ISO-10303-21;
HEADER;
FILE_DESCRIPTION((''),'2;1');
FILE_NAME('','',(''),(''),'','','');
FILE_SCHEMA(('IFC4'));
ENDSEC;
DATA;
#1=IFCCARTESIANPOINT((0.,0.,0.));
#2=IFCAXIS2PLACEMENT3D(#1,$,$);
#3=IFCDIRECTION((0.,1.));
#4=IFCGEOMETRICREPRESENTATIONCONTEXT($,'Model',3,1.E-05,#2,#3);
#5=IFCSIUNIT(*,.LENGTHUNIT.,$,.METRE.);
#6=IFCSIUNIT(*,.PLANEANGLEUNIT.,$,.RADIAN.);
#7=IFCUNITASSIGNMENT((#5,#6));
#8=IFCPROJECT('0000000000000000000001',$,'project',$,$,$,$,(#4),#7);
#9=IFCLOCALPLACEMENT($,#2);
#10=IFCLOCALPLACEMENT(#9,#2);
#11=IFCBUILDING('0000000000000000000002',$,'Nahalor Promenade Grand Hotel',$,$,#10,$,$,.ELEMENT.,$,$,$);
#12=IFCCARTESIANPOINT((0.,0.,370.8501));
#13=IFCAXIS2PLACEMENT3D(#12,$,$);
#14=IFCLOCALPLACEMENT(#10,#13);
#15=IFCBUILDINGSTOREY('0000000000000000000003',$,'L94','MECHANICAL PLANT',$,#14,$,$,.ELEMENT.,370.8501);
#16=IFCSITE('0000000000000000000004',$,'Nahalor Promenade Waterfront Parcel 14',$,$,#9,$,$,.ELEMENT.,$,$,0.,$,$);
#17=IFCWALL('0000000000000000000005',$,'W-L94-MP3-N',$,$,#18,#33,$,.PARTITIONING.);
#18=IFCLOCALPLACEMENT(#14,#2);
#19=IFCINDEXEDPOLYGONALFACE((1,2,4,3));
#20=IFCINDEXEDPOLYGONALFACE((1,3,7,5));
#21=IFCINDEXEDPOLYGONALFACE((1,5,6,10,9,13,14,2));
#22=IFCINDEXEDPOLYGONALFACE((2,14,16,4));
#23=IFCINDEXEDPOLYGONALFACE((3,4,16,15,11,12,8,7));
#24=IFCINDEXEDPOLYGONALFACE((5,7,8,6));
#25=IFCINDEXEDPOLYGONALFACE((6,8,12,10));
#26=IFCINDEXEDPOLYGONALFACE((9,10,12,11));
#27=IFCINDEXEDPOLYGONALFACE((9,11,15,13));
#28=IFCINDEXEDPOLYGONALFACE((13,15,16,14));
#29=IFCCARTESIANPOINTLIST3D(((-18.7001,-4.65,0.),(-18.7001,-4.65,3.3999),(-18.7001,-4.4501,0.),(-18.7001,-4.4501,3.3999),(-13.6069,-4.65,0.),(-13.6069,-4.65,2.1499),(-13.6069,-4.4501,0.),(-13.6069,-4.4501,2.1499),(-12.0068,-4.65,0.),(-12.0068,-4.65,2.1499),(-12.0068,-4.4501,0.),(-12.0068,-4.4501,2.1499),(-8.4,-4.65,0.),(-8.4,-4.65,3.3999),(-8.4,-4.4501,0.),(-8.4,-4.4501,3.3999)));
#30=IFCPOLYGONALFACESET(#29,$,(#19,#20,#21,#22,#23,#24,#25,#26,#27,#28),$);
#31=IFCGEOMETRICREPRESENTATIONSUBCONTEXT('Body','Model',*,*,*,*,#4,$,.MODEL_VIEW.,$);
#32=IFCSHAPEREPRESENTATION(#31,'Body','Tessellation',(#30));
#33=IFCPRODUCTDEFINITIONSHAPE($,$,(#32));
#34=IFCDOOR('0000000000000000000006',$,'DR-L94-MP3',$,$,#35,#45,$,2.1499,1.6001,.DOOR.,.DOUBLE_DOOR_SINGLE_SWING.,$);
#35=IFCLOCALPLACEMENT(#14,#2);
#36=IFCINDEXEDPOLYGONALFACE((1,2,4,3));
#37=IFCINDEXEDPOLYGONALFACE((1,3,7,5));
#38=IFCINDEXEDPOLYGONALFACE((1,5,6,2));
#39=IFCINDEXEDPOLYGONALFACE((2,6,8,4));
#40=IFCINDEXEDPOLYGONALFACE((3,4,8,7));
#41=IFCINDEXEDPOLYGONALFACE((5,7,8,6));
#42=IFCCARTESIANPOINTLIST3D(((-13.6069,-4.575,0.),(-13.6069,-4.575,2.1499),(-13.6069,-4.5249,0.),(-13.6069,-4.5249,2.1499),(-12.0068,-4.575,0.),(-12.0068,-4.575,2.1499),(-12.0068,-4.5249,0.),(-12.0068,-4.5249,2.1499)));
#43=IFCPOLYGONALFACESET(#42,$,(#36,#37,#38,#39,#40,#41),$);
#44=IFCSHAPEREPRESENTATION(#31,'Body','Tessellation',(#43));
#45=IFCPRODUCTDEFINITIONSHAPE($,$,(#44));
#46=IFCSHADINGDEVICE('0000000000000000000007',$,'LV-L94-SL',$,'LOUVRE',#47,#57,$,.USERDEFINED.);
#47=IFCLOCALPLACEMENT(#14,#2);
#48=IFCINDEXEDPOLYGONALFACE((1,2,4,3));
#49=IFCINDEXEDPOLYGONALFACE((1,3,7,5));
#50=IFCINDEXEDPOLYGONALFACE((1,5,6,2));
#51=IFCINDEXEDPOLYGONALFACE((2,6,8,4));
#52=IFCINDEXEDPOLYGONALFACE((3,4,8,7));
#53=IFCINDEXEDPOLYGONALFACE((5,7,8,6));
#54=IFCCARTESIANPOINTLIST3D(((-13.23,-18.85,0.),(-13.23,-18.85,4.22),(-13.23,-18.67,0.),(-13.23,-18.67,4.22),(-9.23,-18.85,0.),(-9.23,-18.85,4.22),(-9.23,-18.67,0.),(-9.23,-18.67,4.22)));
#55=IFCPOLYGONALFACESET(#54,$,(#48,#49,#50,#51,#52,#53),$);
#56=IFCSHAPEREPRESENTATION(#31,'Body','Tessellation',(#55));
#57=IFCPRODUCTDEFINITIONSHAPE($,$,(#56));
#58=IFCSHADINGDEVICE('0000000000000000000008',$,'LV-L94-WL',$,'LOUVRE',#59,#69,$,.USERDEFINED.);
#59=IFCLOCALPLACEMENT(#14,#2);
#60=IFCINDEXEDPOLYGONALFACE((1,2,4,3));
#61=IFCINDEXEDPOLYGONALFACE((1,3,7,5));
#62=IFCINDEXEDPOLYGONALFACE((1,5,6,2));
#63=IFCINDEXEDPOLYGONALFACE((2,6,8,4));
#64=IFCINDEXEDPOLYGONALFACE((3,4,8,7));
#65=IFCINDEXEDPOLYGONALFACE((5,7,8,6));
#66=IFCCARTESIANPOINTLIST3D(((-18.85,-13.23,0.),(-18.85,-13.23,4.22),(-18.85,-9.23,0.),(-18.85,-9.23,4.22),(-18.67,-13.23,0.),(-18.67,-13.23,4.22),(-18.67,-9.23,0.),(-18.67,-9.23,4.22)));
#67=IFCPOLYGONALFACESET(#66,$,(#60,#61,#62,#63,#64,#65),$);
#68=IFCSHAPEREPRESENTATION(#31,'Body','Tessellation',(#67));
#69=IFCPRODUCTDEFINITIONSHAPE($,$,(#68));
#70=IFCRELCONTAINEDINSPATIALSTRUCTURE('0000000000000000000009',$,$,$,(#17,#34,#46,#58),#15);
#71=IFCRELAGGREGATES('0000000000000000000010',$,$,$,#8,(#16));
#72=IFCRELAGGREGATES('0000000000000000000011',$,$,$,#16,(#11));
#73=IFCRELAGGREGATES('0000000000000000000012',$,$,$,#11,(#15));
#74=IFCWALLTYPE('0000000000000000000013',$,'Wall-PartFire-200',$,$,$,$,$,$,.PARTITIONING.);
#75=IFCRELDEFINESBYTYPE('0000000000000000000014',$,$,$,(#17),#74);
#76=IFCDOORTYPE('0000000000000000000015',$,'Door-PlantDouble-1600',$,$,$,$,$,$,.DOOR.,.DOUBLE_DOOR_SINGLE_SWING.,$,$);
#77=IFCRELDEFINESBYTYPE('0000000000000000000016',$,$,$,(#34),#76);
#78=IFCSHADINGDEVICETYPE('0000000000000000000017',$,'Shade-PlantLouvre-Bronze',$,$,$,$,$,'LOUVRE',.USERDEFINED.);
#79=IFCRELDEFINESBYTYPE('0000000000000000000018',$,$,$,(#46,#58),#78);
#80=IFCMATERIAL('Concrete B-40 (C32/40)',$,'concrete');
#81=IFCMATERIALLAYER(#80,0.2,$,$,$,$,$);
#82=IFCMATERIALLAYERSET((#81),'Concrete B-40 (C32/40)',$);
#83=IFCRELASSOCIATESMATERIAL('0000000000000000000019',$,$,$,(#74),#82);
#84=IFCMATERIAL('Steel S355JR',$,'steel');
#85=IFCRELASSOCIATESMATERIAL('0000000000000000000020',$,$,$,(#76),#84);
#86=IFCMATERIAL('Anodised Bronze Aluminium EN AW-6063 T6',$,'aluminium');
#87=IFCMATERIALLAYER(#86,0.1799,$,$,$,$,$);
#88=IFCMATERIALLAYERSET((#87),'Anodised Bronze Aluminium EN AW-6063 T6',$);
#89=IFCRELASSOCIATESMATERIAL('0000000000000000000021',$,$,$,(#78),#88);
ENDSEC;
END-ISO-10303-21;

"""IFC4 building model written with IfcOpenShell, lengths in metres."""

from ifc_helpers import new_model, si_unit, direction, frame, frame_2d, origin, origin_2d, place, context, subcontext, project, spatial, rectangle, extrude, source, transform, mapped, material, layer, layer_set, type_object, element, fill, save


model = new_model("IFC4")

# Units and contexts
model_context = context("Model", 3, precision=1e-05, world=origin(), true_north=direction((0.0, 1.0)))
body_context = subcontext(model_context, "Body", "Model", "MODEL_VIEW")
ifc_project = project(units=[si_unit("LENGTHUNIT", "METRE"), si_unit("PLANEANGLEUNIT", "RADIAN")], contexts=[model_context])

# Site, building, storey
site_placement = place(None, origin())
site = spatial("IfcSite", under=ifc_project, at=site_placement, Name="Nahalor Promenade Waterfront Parcel 14", CompositionType="ELEMENT", RefElevation=0.0)
building_placement = place(site_placement, origin())
building = spatial("IfcBuilding", under=site, at=building_placement, Name="Nahalor Promenade Grand Hotel", CompositionType="ELEMENT")
storey_placement = place(building_placement, frame((0.0, 0.0, 370.8501)))
storey = spatial("IfcBuildingStorey", under=building, at=storey_placement, Name="L94", Description="MECHANICAL PLANT", CompositionType="ELEMENT", Elevation=370.8501)

# Shared definitions
ifc_material_1 = material(Name="Steel S355JR", Category="steel")

# Shared definitions
ifc_material_2 = material(Name="Anodised Bronze Aluminium EN AW-6063 T6", Category="aluminium")

# Shared definitions
ifc_material_3 = material(Name="Concrete B-40 (C32/40)", Category="concrete")
ifc_layer_1 = layer(ifc_material_3, 0.2)
ifc_layer_set_1 = layer_set([ifc_layer_1], Name="Concrete B-40 (C32/40)")
wall_type_1 = type_object("IfcWallType", Name="Wall-PartFire-200", PredefinedType="PARTITIONING", material=ifc_layer_set_1)

# Wall, opening, door
shared_shape_1 = source(origin(), body_context, "Body", "SweptSolid", [
    extrude(rectangle(XDim=10.3, YDim=0.2, at=frame_2d((5.1499, 0.0))), origin(), (0.0, 0.0, 1.0), 3.3999),
])
wall_1_placement = place(storey_placement, frame((-18.7, -4.55, 0.0), z_axis=(0.0, 0.0, 1.0), x_axis=(1.0, 0.0, 0.0)))
wall_1 = element("IfcWall", 1, at=wall_1_placement, inside=storey, type_object=wall_type_1, Name="W-L94-MP3-N", PredefinedType="PARTITIONING", context=body_context, shape_type="MappedRepresentation", body=[
    mapped(shared_shape_1, transform((0.0, 0.0, 0.0), scale=1.0)),
])
opening_placement = place(wall_1_placement, frame((5.093, 0.0, 0.0)))
opening = element("IfcOpeningElement", 2, at=opening_placement, cuts=wall_1, PredefinedType="OPENING", context=body_context, shape_type="SweptSolid", body=[
    extrude(rectangle(XDim=1.6001, YDim=2.1499, at=frame_2d((0.8, 1.075))), frame((0.0, 0.1099, 0.0), z_axis=(0.0, -1.0, 0.0), x_axis=(1.0, 0.0, 0.0)), (0.0, 0.0, 1.0), 0.22),
])
door_type = type_object("IfcDoorType", Name="Door-PlantDouble-1600", OperationType="DOUBLE_DOOR_SINGLE_SWING", PredefinedType="DOOR", material=ifc_material_1)
shared_shape_2 = source(origin(), body_context, "Body", "SweptSolid", [
    extrude(rectangle(XDim=1.6001, YDim=2.1499, at=frame_2d((0.8, 1.075))), frame((0.0, 0.0249, 0.0), z_axis=(0.0, -1.0, 0.0), x_axis=(1.0, 0.0, 0.0)), (0.0, 0.0, 1.0), 0.05),
])
door_placement = place(opening_placement, frame((1.6001, 0.0, 0.0), z_axis=(0.0, 0.0, 1.0), x_axis=(-1.0, 0.0, 0.0)))
door = element("IfcDoor", 3, at=door_placement, inside=storey, type_object=door_type, Name="DR-L94-MP3", OperationType="DOUBLE_DOOR_SINGLE_SWING", OverallHeight=2.1499, OverallWidth=1.6001, PredefinedType="DOOR", context=body_context, shape_type="MappedRepresentation", body=[
    mapped(shared_shape_2, transform((0.0, 0.0, 0.0), scale=1.0)),
])
fill(opening, door)

# Shading devices
ifc_layer_2 = layer(ifc_material_2, 0.1799)
ifc_layer_set_2 = layer_set([ifc_layer_2], Name="Anodised Bronze Aluminium EN AW-6063 T6")
shading_device_type = type_object("IfcShadingDeviceType", Name="Shade-PlantLouvre-Bronze", ElementType="LOUVRE", PredefinedType="USERDEFINED", material=ifc_layer_set_2)
shared_shape_3 = source(origin(), body_context, "Body", "SweptSolid", [
    extrude(rectangle(XDim=4.0, YDim=0.1799, at=origin_2d()), origin(), (0.0, 0.0, 1.0), 4.22),
])
for number, where, z_axis, x_axis, name in (
    (4, (-11.23, -18.76, 0.0), (0.0, 0.0, 1.0), (1.0, 0.0, 0.0), "LV-L94-SL"),
    (5, (-18.76, -11.23, 0.0), (0.0, 0.0, 1.0), (0.0, 1.0, 0.0), "LV-L94-WL"),
):
    element("IfcShadingDevice", number, at=place(storey_placement, frame(where, z_axis=z_axis, x_axis=x_axis)), inside=storey, type_object=shading_device_type, Name=name, ObjectType="LOUVRE", PredefinedType="USERDEFINED", context=body_context, shape_type="MappedRepresentation", body=[
        mapped(shared_shape_3, transform((0.0, 0.0, 0.0), scale=1.0)),
    ])

save(model, "model.ifc")
